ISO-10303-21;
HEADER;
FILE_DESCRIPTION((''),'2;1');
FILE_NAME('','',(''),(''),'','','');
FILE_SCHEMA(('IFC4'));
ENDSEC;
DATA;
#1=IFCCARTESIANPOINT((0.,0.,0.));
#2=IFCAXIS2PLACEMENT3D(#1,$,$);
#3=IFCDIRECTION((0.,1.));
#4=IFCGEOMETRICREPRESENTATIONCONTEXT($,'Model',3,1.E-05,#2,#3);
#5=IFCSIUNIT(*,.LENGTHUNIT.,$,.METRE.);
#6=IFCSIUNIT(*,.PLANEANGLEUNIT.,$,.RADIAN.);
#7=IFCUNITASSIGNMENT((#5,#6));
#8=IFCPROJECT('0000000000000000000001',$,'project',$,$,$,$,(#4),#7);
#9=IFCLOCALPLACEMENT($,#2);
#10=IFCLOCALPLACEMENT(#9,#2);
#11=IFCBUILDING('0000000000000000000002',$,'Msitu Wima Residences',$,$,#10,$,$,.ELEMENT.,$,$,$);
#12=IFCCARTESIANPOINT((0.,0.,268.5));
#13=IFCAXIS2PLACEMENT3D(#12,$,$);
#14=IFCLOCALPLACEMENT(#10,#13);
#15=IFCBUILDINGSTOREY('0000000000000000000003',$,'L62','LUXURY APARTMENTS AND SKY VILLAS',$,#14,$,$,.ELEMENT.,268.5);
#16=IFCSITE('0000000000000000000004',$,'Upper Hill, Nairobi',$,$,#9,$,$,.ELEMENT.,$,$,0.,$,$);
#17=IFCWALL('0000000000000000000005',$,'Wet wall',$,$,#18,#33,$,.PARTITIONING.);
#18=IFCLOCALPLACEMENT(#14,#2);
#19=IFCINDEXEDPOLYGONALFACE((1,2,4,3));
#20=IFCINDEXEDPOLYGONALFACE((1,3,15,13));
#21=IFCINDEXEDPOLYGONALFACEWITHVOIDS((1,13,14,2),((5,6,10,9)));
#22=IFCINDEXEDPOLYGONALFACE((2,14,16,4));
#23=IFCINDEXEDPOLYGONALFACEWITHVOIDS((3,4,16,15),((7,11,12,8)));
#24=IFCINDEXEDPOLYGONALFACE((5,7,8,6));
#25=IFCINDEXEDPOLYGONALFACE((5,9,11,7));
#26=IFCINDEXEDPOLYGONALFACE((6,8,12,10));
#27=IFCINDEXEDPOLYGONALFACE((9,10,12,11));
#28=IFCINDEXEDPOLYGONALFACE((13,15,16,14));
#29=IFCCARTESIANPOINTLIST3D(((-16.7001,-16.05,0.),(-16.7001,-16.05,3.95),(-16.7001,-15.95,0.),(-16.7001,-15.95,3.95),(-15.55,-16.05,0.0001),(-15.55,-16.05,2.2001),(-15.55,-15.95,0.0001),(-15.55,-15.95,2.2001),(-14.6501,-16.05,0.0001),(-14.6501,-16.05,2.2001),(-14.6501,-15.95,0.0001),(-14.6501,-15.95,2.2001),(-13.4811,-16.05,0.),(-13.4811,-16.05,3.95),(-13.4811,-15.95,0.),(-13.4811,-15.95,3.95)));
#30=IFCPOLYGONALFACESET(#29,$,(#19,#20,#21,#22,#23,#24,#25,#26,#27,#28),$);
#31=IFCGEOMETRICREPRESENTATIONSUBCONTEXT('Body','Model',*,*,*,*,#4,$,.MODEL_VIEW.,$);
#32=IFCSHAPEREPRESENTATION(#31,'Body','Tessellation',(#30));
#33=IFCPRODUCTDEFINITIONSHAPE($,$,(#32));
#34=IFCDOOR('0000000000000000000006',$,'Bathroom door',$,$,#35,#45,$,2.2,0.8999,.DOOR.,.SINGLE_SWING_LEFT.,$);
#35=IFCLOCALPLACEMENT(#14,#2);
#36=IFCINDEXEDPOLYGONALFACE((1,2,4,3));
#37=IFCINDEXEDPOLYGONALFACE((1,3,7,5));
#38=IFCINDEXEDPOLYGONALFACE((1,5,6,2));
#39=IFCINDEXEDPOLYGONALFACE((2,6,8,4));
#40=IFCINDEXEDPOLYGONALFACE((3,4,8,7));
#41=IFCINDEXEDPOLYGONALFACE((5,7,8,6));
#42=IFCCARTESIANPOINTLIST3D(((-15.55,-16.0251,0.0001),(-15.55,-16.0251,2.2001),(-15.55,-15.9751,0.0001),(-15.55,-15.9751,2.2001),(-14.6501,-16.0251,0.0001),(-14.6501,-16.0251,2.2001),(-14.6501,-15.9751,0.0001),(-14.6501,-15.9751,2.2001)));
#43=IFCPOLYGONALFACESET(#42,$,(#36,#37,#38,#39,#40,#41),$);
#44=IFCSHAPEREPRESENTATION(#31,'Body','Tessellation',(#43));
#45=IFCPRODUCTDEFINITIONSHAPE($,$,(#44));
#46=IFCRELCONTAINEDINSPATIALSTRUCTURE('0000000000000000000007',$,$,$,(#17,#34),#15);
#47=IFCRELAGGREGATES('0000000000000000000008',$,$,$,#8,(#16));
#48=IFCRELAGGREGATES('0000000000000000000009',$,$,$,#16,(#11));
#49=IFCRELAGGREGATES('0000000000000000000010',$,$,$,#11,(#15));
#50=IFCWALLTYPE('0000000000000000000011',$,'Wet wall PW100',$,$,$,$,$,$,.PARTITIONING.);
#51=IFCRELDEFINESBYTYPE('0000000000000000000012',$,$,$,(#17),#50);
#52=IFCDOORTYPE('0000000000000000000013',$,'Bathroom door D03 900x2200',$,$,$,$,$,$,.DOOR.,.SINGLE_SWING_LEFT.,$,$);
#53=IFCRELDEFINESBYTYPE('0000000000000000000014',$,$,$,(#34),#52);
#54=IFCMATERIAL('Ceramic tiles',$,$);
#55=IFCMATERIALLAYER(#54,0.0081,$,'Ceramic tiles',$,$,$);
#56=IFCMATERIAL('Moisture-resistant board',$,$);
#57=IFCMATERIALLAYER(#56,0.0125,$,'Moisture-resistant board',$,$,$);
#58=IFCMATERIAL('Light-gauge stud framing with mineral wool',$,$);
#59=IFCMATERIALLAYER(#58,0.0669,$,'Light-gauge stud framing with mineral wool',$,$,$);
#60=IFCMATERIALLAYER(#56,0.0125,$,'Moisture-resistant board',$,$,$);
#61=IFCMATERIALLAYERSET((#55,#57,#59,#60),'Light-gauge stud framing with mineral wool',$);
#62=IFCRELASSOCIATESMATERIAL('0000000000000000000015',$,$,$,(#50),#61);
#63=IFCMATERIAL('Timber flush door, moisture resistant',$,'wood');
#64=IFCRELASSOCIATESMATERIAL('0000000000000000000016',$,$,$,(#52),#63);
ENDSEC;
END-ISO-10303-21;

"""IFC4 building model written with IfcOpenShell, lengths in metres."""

from ifc_helpers import new_model, si_unit, direction, frame, frame_2d, origin, place, context, subcontext, project, spatial, rectangle, extrude, material, layer, layer_set, type_object, element, fill, save


model = new_model("IFC4")

# Units and contexts
model_context = context("Model", 3, precision=1e-05, world=origin(), true_north=direction((0.0, 1.0)))
body_context = subcontext(model_context, "Body", "Model", "MODEL_VIEW")
ifc_project = project(units=[si_unit("LENGTHUNIT", "METRE"), si_unit("PLANEANGLEUNIT", "RADIAN")], contexts=[model_context])

# Site, building, storey
site_placement = place(None, origin())
site = spatial("IfcSite", under=ifc_project, at=site_placement, Name="Upper Hill, Nairobi", CompositionType="ELEMENT", RefElevation=0.0)
building_placement = place(site_placement, origin())
building = spatial("IfcBuilding", under=site, at=building_placement, Name="Msitu Wima Residences", CompositionType="ELEMENT")
storey_placement = place(building_placement, frame((0.0, 0.0, 268.5)))
storey = spatial("IfcBuildingStorey", under=building, at=storey_placement, Name="L62", Description="LUXURY APARTMENTS AND SKY VILLAS", CompositionType="ELEMENT", Elevation=268.5)

# Shared definitions
ifc_material_1 = material(Name="Ceramic tiles")
ifc_layer_1 = layer(ifc_material_1, 0.0081, Name="Ceramic tiles")
ifc_material_2 = material(Name="Moisture-resistant board")
ifc_layer_2 = layer(ifc_material_2, 0.0125, Name="Moisture-resistant board")
ifc_material_3 = material(Name="Light-gauge stud framing with mineral wool")
ifc_layer_3 = layer(ifc_material_3, 0.0669, Name="Light-gauge stud framing with mineral wool")
ifc_layer_4 = layer(ifc_material_2, 0.0125, Name="Moisture-resistant board")
ifc_layer_set_1 = layer_set([ifc_layer_1, ifc_layer_2, ifc_layer_3, ifc_layer_4], Name="Light-gauge stud framing with mineral wool")
wall_type_1 = type_object("IfcWallType", Name="Wet wall PW100", PredefinedType="PARTITIONING", material=ifc_layer_set_1)

# Wall, opening, door
wall_1_placement = place(storey_placement, frame((-16.7, -16.0, 0.0), z_axis=(0.0, 0.0, 1.0), x_axis=(1.0, 0.0, 0.0)))
wall_1 = element("IfcWall", 1, at=wall_1_placement, inside=storey, type_object=wall_type_1, Name="Wet wall", PredefinedType="PARTITIONING", context=body_context, shape_type="SweptSolid", body=[
    extrude(rectangle(XDim=3.219, YDim=0.1001, at=frame_2d((1.6094, 0.0))), origin(), (0.0, 0.0, 1.0), 3.95),
])
opening_1_placement = place(wall_1_placement, frame((1.1499, 0.0, 0.0)))
opening_1 = element("IfcOpeningElement", 2, at=opening_1_placement, cuts=wall_1, PredefinedType="OPENING", context=body_context, shape_type="SweptSolid", body=[
    extrude(rectangle(XDim=0.8999, YDim=2.2, at=frame_2d((0.45, 1.1001))), frame((0.0, 0.0601, 0.0), z_axis=(0.0, -1.0, 0.0), x_axis=(1.0, 0.0, 0.0)), (0.0, 0.0, 1.0), 0.1201),
])
ifc_material_4 = material(Name="Timber flush door, moisture resistant", Category="wood")
door_type_1 = type_object("IfcDoorType", Name="Bathroom door D03 900x2200", OperationType="SINGLE_SWING_LEFT", PredefinedType="DOOR", material=ifc_material_4)
door_1_placement = place(opening_1_placement, origin())
door_1 = element("IfcDoor", 3, at=door_1_placement, inside=storey, type_object=door_type_1, Name="Bathroom door", OperationType="SINGLE_SWING_LEFT", OverallHeight=2.2, OverallWidth=0.8999, PredefinedType="DOOR", context=body_context, shape_type="SweptSolid", body=[
    extrude(rectangle(XDim=0.8999, YDim=2.2, at=frame_2d((0.45, 1.1001))), frame((0.0, 0.0249, 0.0), z_axis=(0.0, -1.0, 0.0), x_axis=(1.0, 0.0, 0.0)), (0.0, 0.0, 1.0), 0.05),
])
fill(opening_1, door_1)

save(model, "model.ifc")
